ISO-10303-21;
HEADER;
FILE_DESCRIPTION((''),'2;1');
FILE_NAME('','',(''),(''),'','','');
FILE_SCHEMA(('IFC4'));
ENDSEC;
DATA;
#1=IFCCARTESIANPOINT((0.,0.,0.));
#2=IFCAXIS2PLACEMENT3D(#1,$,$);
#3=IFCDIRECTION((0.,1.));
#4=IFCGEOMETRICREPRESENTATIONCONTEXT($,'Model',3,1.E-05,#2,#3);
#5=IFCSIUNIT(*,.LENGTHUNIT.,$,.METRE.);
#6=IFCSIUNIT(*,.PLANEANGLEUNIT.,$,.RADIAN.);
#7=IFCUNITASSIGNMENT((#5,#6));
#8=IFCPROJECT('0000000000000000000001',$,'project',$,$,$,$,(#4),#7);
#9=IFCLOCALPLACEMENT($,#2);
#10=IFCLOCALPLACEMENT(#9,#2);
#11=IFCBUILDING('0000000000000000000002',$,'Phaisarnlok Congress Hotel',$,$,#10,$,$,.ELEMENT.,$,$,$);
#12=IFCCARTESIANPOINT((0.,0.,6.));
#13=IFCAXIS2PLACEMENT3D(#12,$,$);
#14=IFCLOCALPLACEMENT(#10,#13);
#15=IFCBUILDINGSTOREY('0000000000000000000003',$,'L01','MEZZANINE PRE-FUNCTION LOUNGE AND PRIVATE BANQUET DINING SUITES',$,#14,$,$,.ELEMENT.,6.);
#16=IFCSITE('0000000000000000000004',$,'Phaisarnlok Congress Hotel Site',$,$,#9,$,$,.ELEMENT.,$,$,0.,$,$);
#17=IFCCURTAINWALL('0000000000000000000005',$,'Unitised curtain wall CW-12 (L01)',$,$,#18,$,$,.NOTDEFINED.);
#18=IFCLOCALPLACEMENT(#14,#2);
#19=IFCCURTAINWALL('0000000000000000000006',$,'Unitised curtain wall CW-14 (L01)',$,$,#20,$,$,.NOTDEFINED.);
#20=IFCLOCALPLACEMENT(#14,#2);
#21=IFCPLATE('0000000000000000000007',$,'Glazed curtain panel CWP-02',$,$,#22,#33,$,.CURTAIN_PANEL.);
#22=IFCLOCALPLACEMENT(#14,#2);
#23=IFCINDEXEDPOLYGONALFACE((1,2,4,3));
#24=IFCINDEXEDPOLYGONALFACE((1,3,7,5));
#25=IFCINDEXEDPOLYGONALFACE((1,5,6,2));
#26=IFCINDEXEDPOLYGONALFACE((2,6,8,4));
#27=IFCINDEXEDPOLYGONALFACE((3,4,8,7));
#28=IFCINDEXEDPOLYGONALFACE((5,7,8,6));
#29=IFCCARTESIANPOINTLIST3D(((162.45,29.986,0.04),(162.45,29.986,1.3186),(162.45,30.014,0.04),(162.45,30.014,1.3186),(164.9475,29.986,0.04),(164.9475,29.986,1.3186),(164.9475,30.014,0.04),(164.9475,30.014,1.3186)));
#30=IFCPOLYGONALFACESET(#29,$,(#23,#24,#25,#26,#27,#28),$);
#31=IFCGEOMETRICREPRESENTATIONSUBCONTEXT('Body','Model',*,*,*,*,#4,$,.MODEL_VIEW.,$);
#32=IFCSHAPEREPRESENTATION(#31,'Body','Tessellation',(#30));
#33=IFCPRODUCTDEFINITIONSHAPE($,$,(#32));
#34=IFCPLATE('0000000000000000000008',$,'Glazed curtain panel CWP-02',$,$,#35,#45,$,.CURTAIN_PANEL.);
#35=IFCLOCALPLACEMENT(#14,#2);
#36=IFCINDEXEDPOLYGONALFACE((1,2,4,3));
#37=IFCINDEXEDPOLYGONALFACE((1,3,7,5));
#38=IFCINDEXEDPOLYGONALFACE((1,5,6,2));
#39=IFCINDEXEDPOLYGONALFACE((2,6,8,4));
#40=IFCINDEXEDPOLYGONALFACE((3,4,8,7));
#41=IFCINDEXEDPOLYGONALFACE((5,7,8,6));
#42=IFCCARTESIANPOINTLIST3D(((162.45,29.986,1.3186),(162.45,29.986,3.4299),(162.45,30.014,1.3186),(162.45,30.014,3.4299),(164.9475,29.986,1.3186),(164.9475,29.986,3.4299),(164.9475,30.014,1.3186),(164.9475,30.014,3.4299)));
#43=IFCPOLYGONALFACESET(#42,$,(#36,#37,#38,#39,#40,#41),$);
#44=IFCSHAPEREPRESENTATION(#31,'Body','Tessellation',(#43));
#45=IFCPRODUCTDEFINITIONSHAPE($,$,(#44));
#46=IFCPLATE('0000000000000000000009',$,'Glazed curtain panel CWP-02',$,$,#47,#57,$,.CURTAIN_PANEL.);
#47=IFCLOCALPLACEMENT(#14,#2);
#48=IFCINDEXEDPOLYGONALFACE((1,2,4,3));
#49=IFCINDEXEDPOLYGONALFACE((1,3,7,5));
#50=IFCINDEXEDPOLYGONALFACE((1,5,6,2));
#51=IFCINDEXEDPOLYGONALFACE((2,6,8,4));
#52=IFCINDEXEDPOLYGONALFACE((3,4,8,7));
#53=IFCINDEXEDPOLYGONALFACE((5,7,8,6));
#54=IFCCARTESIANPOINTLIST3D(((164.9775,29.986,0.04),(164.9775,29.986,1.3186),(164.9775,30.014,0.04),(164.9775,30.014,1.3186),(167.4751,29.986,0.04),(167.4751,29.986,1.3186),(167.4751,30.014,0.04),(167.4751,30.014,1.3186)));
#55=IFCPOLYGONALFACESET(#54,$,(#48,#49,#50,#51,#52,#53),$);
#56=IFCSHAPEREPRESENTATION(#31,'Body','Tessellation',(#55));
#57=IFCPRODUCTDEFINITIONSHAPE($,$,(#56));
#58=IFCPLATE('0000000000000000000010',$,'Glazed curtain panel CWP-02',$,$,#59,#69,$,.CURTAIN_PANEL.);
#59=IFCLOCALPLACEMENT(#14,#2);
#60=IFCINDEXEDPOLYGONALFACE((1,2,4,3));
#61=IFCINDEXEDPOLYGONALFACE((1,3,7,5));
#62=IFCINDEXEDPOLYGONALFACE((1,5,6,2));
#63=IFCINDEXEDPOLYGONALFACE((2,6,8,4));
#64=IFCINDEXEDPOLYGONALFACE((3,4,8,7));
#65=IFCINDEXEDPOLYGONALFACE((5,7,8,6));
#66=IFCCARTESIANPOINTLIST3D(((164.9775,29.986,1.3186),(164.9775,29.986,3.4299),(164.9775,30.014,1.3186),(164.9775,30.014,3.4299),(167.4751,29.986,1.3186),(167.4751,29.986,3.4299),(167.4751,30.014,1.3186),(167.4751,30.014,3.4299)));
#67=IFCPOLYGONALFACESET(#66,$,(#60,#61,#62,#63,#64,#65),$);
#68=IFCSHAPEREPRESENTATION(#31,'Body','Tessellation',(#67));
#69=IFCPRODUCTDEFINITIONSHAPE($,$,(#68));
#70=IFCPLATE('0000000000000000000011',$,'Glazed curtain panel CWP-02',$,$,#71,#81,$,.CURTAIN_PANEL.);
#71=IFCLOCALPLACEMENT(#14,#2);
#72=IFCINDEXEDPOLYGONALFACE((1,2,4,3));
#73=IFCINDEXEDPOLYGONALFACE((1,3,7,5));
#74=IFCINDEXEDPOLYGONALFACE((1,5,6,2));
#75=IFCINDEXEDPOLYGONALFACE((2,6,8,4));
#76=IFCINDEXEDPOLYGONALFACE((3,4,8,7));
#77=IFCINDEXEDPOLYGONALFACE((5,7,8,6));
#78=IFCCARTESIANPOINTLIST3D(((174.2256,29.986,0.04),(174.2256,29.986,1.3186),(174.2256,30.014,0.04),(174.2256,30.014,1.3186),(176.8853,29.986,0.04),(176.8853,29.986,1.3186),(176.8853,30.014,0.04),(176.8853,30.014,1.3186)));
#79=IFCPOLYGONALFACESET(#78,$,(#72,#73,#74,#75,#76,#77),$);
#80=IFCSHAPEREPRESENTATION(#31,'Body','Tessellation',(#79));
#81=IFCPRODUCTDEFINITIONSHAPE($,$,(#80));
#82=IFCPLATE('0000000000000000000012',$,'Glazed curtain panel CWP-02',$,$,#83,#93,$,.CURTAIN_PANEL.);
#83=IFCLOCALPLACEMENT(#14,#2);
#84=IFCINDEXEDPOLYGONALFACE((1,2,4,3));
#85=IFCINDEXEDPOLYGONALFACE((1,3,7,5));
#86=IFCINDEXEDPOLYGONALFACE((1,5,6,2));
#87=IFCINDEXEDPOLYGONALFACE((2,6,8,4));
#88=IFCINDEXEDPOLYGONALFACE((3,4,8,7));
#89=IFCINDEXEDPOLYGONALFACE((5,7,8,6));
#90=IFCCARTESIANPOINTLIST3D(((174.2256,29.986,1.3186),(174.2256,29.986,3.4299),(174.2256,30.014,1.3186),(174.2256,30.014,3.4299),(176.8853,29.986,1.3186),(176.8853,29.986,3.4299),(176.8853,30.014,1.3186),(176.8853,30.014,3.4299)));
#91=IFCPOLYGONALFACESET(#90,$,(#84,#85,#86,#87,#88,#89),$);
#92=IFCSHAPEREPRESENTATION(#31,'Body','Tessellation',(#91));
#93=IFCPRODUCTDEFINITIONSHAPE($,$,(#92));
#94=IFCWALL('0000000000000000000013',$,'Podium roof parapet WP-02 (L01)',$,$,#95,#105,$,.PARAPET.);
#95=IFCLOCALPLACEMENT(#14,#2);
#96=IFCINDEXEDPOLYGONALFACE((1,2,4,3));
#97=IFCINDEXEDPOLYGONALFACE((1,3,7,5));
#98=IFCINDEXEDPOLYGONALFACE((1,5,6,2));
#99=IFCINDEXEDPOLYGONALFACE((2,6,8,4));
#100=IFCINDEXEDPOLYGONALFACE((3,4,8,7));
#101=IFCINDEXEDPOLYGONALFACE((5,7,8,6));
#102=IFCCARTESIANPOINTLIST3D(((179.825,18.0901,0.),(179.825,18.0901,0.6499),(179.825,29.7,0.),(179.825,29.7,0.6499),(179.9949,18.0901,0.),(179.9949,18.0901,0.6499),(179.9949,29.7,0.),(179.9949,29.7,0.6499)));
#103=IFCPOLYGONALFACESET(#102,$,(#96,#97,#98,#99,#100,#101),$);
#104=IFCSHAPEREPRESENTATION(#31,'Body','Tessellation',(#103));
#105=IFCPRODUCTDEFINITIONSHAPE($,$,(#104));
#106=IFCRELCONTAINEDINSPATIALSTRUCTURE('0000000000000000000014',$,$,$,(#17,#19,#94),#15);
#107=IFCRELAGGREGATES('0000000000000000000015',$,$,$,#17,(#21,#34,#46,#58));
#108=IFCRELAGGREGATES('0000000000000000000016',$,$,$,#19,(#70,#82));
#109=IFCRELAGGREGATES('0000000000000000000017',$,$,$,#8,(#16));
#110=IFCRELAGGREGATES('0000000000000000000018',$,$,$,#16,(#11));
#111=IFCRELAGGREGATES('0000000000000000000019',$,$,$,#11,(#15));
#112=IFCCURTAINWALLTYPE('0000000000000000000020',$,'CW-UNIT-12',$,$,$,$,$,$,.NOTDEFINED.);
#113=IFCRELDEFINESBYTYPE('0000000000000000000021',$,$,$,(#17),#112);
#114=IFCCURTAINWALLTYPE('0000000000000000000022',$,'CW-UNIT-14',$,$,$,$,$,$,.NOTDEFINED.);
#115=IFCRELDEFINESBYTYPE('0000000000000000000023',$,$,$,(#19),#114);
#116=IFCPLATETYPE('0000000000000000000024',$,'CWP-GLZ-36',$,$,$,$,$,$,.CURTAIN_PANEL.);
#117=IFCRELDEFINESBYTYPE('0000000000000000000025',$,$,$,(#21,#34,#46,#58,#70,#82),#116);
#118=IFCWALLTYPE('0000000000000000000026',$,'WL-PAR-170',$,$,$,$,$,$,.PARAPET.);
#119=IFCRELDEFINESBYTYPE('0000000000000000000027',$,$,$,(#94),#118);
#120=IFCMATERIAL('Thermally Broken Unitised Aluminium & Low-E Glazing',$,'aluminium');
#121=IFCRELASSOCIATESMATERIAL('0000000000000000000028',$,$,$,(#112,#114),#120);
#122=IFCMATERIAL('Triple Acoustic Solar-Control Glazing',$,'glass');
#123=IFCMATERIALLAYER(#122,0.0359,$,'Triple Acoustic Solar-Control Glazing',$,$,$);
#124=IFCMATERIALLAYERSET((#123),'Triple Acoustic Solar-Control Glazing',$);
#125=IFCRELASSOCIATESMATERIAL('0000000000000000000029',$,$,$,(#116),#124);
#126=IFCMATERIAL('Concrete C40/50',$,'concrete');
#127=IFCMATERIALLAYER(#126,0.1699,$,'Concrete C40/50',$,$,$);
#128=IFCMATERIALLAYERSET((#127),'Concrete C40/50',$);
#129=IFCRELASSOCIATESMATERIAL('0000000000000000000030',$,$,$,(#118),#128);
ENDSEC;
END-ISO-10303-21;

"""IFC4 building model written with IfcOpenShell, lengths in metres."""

from ifc_helpers import new_model, si_unit, direction, frame, frame_2d, origin, place, context, subcontext, project, spatial, rectangle, extrude, material, layer, layer_set, type_object, element, aggregate, save


model = new_model("IFC4")

# Units and contexts
model_context = context("Model", 3, precision=1e-05, world=origin(), true_north=direction((0.0, 1.0)))
body_context = subcontext(model_context, "Body", "Model", "MODEL_VIEW")
ifc_project = project(units=[si_unit("LENGTHUNIT", "METRE"), si_unit("PLANEANGLEUNIT", "RADIAN")], contexts=[model_context])

# Site, building, storey
site_placement = place(None, origin())
site = spatial("IfcSite", under=ifc_project, at=site_placement, Name="Phaisarnlok Congress Hotel Site", CompositionType="ELEMENT", RefElevation=0.0)
building_placement = place(site_placement, origin())
building = spatial("IfcBuilding", under=site, at=building_placement, Name="Phaisarnlok Congress Hotel", CompositionType="ELEMENT")
storey_placement = place(building_placement, frame((0.0, 0.0, 6.0)))
storey = spatial("IfcBuildingStorey", under=building, at=storey_placement, Name="L01", Description="MEZZANINE PRE-FUNCTION LOUNGE AND PRIVATE BANQUET DINING SUITES", CompositionType="ELEMENT", Elevation=6.0)

# Curtain walls
ifc_material_1 = material(Name="Thermally Broken Unitised Aluminium & Low-E Glazing", Category="aluminium")
curtain_wall_type_1 = type_object("IfcCurtainWallType", Name="CW-UNIT-12", PredefinedType="NOTDEFINED", material=ifc_material_1)
curtain_wall_1_placement = place(storey_placement, origin())
curtain_wall_1 = element("IfcCurtainWall", 1, at=curtain_wall_1_placement, inside=storey, type_object=curtain_wall_type_1, Name="Unitised curtain wall CW-12 (L01)", PredefinedType="NOTDEFINED")
curtain_wall_type_2 = type_object("IfcCurtainWallType", Name="CW-UNIT-14", PredefinedType="NOTDEFINED", material=ifc_material_1)
curtain_wall_2_placement = place(storey_placement, origin())
curtain_wall_2 = element("IfcCurtainWall", 2, at=curtain_wall_2_placement, inside=storey, type_object=curtain_wall_type_2, Name="Unitised curtain wall CW-14 (L01)", PredefinedType="NOTDEFINED")

# Shared definitions
ifc_material_2 = material(Name="Concrete C40/50", Category="concrete")

# Plates
ifc_material_3 = material(Name="Triple Acoustic Solar-Control Glazing", Category="glass")
ifc_layer_1 = layer(ifc_material_3, 0.0359, Name="Triple Acoustic Solar-Control Glazing")
ifc_layer_set_1 = layer_set([ifc_layer_1], Name="Triple Acoustic Solar-Control Glazing")
plate_type = type_object("IfcPlateType", Name="CWP-GLZ-36", PredefinedType="CURTAIN_PANEL", material=ifc_layer_set_1)
plate_1_placement = place(storey_placement, frame((162.45, 30.0, 0.04), z_axis=(0.0, 0.0, 1.0), x_axis=(1.0, 0.0, 0.0)))
plate_1 = element("IfcPlate", 3, at=plate_1_placement, type_object=plate_type, Name="Glazed curtain panel CWP-02", PredefinedType="CURTAIN_PANEL", context=body_context, shape_type="SweptSolid", body=[
    extrude(rectangle(XDim=2.4976, YDim=0.0281, at=frame_2d((1.2488, 0.0))), origin(), (0.0, 0.0, 1.0), 1.2786),
])
plate_2_placement = place(storey_placement, frame((162.45, 30.0, 1.3186), z_axis=(0.0, 0.0, 1.0), x_axis=(1.0, 0.0, 0.0)))
plate_2 = element("IfcPlate", 4, at=plate_2_placement, type_object=plate_type, Name="Glazed curtain panel CWP-02", PredefinedType="CURTAIN_PANEL", context=body_context, shape_type="SweptSolid", body=[
    extrude(rectangle(XDim=2.4976, YDim=0.0281, at=frame_2d((1.2488, 0.0))), origin(), (0.0, 0.0, 1.0), 2.1113),
])
plate_3_placement = place(storey_placement, frame((164.9775, 30.0, 0.04), z_axis=(0.0, 0.0, 1.0), x_axis=(1.0, 0.0, 0.0)))
plate_3 = element("IfcPlate", 5, at=plate_3_placement, type_object=plate_type, Name="Glazed curtain panel CWP-02", PredefinedType="CURTAIN_PANEL", context=body_context, shape_type="SweptSolid", body=[
    extrude(rectangle(XDim=2.4976, YDim=0.0281, at=frame_2d((1.2488, 0.0))), origin(), (0.0, 0.0, 1.0), 1.2786),
])
plate_4_placement = place(storey_placement, frame((164.9775, 30.0, 1.3186), z_axis=(0.0, 0.0, 1.0), x_axis=(1.0, 0.0, 0.0)))
plate_4 = element("IfcPlate", 6, at=plate_4_placement, type_object=plate_type, Name="Glazed curtain panel CWP-02", PredefinedType="CURTAIN_PANEL", context=body_context, shape_type="SweptSolid", body=[
    extrude(rectangle(XDim=2.4976, YDim=0.0281, at=frame_2d((1.2488, 0.0))), origin(), (0.0, 0.0, 1.0), 2.1113),
])
aggregate(curtain_wall_1, [plate_1, plate_2, plate_3, plate_4])
plate_5_placement = place(storey_placement, frame((174.2256, 30.0, 0.04), z_axis=(0.0, 0.0, 1.0), x_axis=(1.0, 0.0, 0.0)))
plate_5 = element("IfcPlate", 7, at=plate_5_placement, type_object=plate_type, Name="Glazed curtain panel CWP-02", PredefinedType="CURTAIN_PANEL", context=body_context, shape_type="SweptSolid", body=[
    extrude(rectangle(XDim=2.6597, YDim=0.0281, at=frame_2d((1.3298, 0.0))), origin(), (0.0, 0.0, 1.0), 1.2786),
])
plate_6_placement = place(storey_placement, frame((174.2256, 30.0, 1.3186), z_axis=(0.0, 0.0, 1.0), x_axis=(1.0, 0.0, 0.0)))
plate_6 = element("IfcPlate", 8, at=plate_6_placement, type_object=plate_type, Name="Glazed curtain panel CWP-02", PredefinedType="CURTAIN_PANEL", context=body_context, shape_type="SweptSolid", body=[
    extrude(rectangle(XDim=2.6597, YDim=0.0281, at=frame_2d((1.3298, 0.0))), origin(), (0.0, 0.0, 1.0), 2.1113),
])
aggregate(curtain_wall_2, [plate_5, plate_6])

# Wall
ifc_layer_2 = layer(ifc_material_2, 0.1699, Name="Concrete C40/50")
ifc_layer_set_2 = layer_set([ifc_layer_2], Name="Concrete C40/50")
wall_type = type_object("IfcWallType", Name="WL-PAR-170", PredefinedType="PARAPET", material=ifc_layer_set_2)
wall_placement = place(storey_placement, frame((179.9099, 18.0901, 0.0), z_axis=(0.0, 0.0, 1.0), x_axis=(0.0, 1.0, 0.0)))
element("IfcWall", 9, at=wall_placement, inside=storey, type_object=wall_type, Name="Podium roof parapet WP-02 (L01)", PredefinedType="PARAPET", context=body_context, shape_type="SweptSolid", body=[
    extrude(rectangle(XDim=11.6099, YDim=0.1699, at=frame_2d((5.8049, 0.0))), origin(), (0.0, 0.0, 1.0), 0.6499),
])

save(model, "model.ifc")
